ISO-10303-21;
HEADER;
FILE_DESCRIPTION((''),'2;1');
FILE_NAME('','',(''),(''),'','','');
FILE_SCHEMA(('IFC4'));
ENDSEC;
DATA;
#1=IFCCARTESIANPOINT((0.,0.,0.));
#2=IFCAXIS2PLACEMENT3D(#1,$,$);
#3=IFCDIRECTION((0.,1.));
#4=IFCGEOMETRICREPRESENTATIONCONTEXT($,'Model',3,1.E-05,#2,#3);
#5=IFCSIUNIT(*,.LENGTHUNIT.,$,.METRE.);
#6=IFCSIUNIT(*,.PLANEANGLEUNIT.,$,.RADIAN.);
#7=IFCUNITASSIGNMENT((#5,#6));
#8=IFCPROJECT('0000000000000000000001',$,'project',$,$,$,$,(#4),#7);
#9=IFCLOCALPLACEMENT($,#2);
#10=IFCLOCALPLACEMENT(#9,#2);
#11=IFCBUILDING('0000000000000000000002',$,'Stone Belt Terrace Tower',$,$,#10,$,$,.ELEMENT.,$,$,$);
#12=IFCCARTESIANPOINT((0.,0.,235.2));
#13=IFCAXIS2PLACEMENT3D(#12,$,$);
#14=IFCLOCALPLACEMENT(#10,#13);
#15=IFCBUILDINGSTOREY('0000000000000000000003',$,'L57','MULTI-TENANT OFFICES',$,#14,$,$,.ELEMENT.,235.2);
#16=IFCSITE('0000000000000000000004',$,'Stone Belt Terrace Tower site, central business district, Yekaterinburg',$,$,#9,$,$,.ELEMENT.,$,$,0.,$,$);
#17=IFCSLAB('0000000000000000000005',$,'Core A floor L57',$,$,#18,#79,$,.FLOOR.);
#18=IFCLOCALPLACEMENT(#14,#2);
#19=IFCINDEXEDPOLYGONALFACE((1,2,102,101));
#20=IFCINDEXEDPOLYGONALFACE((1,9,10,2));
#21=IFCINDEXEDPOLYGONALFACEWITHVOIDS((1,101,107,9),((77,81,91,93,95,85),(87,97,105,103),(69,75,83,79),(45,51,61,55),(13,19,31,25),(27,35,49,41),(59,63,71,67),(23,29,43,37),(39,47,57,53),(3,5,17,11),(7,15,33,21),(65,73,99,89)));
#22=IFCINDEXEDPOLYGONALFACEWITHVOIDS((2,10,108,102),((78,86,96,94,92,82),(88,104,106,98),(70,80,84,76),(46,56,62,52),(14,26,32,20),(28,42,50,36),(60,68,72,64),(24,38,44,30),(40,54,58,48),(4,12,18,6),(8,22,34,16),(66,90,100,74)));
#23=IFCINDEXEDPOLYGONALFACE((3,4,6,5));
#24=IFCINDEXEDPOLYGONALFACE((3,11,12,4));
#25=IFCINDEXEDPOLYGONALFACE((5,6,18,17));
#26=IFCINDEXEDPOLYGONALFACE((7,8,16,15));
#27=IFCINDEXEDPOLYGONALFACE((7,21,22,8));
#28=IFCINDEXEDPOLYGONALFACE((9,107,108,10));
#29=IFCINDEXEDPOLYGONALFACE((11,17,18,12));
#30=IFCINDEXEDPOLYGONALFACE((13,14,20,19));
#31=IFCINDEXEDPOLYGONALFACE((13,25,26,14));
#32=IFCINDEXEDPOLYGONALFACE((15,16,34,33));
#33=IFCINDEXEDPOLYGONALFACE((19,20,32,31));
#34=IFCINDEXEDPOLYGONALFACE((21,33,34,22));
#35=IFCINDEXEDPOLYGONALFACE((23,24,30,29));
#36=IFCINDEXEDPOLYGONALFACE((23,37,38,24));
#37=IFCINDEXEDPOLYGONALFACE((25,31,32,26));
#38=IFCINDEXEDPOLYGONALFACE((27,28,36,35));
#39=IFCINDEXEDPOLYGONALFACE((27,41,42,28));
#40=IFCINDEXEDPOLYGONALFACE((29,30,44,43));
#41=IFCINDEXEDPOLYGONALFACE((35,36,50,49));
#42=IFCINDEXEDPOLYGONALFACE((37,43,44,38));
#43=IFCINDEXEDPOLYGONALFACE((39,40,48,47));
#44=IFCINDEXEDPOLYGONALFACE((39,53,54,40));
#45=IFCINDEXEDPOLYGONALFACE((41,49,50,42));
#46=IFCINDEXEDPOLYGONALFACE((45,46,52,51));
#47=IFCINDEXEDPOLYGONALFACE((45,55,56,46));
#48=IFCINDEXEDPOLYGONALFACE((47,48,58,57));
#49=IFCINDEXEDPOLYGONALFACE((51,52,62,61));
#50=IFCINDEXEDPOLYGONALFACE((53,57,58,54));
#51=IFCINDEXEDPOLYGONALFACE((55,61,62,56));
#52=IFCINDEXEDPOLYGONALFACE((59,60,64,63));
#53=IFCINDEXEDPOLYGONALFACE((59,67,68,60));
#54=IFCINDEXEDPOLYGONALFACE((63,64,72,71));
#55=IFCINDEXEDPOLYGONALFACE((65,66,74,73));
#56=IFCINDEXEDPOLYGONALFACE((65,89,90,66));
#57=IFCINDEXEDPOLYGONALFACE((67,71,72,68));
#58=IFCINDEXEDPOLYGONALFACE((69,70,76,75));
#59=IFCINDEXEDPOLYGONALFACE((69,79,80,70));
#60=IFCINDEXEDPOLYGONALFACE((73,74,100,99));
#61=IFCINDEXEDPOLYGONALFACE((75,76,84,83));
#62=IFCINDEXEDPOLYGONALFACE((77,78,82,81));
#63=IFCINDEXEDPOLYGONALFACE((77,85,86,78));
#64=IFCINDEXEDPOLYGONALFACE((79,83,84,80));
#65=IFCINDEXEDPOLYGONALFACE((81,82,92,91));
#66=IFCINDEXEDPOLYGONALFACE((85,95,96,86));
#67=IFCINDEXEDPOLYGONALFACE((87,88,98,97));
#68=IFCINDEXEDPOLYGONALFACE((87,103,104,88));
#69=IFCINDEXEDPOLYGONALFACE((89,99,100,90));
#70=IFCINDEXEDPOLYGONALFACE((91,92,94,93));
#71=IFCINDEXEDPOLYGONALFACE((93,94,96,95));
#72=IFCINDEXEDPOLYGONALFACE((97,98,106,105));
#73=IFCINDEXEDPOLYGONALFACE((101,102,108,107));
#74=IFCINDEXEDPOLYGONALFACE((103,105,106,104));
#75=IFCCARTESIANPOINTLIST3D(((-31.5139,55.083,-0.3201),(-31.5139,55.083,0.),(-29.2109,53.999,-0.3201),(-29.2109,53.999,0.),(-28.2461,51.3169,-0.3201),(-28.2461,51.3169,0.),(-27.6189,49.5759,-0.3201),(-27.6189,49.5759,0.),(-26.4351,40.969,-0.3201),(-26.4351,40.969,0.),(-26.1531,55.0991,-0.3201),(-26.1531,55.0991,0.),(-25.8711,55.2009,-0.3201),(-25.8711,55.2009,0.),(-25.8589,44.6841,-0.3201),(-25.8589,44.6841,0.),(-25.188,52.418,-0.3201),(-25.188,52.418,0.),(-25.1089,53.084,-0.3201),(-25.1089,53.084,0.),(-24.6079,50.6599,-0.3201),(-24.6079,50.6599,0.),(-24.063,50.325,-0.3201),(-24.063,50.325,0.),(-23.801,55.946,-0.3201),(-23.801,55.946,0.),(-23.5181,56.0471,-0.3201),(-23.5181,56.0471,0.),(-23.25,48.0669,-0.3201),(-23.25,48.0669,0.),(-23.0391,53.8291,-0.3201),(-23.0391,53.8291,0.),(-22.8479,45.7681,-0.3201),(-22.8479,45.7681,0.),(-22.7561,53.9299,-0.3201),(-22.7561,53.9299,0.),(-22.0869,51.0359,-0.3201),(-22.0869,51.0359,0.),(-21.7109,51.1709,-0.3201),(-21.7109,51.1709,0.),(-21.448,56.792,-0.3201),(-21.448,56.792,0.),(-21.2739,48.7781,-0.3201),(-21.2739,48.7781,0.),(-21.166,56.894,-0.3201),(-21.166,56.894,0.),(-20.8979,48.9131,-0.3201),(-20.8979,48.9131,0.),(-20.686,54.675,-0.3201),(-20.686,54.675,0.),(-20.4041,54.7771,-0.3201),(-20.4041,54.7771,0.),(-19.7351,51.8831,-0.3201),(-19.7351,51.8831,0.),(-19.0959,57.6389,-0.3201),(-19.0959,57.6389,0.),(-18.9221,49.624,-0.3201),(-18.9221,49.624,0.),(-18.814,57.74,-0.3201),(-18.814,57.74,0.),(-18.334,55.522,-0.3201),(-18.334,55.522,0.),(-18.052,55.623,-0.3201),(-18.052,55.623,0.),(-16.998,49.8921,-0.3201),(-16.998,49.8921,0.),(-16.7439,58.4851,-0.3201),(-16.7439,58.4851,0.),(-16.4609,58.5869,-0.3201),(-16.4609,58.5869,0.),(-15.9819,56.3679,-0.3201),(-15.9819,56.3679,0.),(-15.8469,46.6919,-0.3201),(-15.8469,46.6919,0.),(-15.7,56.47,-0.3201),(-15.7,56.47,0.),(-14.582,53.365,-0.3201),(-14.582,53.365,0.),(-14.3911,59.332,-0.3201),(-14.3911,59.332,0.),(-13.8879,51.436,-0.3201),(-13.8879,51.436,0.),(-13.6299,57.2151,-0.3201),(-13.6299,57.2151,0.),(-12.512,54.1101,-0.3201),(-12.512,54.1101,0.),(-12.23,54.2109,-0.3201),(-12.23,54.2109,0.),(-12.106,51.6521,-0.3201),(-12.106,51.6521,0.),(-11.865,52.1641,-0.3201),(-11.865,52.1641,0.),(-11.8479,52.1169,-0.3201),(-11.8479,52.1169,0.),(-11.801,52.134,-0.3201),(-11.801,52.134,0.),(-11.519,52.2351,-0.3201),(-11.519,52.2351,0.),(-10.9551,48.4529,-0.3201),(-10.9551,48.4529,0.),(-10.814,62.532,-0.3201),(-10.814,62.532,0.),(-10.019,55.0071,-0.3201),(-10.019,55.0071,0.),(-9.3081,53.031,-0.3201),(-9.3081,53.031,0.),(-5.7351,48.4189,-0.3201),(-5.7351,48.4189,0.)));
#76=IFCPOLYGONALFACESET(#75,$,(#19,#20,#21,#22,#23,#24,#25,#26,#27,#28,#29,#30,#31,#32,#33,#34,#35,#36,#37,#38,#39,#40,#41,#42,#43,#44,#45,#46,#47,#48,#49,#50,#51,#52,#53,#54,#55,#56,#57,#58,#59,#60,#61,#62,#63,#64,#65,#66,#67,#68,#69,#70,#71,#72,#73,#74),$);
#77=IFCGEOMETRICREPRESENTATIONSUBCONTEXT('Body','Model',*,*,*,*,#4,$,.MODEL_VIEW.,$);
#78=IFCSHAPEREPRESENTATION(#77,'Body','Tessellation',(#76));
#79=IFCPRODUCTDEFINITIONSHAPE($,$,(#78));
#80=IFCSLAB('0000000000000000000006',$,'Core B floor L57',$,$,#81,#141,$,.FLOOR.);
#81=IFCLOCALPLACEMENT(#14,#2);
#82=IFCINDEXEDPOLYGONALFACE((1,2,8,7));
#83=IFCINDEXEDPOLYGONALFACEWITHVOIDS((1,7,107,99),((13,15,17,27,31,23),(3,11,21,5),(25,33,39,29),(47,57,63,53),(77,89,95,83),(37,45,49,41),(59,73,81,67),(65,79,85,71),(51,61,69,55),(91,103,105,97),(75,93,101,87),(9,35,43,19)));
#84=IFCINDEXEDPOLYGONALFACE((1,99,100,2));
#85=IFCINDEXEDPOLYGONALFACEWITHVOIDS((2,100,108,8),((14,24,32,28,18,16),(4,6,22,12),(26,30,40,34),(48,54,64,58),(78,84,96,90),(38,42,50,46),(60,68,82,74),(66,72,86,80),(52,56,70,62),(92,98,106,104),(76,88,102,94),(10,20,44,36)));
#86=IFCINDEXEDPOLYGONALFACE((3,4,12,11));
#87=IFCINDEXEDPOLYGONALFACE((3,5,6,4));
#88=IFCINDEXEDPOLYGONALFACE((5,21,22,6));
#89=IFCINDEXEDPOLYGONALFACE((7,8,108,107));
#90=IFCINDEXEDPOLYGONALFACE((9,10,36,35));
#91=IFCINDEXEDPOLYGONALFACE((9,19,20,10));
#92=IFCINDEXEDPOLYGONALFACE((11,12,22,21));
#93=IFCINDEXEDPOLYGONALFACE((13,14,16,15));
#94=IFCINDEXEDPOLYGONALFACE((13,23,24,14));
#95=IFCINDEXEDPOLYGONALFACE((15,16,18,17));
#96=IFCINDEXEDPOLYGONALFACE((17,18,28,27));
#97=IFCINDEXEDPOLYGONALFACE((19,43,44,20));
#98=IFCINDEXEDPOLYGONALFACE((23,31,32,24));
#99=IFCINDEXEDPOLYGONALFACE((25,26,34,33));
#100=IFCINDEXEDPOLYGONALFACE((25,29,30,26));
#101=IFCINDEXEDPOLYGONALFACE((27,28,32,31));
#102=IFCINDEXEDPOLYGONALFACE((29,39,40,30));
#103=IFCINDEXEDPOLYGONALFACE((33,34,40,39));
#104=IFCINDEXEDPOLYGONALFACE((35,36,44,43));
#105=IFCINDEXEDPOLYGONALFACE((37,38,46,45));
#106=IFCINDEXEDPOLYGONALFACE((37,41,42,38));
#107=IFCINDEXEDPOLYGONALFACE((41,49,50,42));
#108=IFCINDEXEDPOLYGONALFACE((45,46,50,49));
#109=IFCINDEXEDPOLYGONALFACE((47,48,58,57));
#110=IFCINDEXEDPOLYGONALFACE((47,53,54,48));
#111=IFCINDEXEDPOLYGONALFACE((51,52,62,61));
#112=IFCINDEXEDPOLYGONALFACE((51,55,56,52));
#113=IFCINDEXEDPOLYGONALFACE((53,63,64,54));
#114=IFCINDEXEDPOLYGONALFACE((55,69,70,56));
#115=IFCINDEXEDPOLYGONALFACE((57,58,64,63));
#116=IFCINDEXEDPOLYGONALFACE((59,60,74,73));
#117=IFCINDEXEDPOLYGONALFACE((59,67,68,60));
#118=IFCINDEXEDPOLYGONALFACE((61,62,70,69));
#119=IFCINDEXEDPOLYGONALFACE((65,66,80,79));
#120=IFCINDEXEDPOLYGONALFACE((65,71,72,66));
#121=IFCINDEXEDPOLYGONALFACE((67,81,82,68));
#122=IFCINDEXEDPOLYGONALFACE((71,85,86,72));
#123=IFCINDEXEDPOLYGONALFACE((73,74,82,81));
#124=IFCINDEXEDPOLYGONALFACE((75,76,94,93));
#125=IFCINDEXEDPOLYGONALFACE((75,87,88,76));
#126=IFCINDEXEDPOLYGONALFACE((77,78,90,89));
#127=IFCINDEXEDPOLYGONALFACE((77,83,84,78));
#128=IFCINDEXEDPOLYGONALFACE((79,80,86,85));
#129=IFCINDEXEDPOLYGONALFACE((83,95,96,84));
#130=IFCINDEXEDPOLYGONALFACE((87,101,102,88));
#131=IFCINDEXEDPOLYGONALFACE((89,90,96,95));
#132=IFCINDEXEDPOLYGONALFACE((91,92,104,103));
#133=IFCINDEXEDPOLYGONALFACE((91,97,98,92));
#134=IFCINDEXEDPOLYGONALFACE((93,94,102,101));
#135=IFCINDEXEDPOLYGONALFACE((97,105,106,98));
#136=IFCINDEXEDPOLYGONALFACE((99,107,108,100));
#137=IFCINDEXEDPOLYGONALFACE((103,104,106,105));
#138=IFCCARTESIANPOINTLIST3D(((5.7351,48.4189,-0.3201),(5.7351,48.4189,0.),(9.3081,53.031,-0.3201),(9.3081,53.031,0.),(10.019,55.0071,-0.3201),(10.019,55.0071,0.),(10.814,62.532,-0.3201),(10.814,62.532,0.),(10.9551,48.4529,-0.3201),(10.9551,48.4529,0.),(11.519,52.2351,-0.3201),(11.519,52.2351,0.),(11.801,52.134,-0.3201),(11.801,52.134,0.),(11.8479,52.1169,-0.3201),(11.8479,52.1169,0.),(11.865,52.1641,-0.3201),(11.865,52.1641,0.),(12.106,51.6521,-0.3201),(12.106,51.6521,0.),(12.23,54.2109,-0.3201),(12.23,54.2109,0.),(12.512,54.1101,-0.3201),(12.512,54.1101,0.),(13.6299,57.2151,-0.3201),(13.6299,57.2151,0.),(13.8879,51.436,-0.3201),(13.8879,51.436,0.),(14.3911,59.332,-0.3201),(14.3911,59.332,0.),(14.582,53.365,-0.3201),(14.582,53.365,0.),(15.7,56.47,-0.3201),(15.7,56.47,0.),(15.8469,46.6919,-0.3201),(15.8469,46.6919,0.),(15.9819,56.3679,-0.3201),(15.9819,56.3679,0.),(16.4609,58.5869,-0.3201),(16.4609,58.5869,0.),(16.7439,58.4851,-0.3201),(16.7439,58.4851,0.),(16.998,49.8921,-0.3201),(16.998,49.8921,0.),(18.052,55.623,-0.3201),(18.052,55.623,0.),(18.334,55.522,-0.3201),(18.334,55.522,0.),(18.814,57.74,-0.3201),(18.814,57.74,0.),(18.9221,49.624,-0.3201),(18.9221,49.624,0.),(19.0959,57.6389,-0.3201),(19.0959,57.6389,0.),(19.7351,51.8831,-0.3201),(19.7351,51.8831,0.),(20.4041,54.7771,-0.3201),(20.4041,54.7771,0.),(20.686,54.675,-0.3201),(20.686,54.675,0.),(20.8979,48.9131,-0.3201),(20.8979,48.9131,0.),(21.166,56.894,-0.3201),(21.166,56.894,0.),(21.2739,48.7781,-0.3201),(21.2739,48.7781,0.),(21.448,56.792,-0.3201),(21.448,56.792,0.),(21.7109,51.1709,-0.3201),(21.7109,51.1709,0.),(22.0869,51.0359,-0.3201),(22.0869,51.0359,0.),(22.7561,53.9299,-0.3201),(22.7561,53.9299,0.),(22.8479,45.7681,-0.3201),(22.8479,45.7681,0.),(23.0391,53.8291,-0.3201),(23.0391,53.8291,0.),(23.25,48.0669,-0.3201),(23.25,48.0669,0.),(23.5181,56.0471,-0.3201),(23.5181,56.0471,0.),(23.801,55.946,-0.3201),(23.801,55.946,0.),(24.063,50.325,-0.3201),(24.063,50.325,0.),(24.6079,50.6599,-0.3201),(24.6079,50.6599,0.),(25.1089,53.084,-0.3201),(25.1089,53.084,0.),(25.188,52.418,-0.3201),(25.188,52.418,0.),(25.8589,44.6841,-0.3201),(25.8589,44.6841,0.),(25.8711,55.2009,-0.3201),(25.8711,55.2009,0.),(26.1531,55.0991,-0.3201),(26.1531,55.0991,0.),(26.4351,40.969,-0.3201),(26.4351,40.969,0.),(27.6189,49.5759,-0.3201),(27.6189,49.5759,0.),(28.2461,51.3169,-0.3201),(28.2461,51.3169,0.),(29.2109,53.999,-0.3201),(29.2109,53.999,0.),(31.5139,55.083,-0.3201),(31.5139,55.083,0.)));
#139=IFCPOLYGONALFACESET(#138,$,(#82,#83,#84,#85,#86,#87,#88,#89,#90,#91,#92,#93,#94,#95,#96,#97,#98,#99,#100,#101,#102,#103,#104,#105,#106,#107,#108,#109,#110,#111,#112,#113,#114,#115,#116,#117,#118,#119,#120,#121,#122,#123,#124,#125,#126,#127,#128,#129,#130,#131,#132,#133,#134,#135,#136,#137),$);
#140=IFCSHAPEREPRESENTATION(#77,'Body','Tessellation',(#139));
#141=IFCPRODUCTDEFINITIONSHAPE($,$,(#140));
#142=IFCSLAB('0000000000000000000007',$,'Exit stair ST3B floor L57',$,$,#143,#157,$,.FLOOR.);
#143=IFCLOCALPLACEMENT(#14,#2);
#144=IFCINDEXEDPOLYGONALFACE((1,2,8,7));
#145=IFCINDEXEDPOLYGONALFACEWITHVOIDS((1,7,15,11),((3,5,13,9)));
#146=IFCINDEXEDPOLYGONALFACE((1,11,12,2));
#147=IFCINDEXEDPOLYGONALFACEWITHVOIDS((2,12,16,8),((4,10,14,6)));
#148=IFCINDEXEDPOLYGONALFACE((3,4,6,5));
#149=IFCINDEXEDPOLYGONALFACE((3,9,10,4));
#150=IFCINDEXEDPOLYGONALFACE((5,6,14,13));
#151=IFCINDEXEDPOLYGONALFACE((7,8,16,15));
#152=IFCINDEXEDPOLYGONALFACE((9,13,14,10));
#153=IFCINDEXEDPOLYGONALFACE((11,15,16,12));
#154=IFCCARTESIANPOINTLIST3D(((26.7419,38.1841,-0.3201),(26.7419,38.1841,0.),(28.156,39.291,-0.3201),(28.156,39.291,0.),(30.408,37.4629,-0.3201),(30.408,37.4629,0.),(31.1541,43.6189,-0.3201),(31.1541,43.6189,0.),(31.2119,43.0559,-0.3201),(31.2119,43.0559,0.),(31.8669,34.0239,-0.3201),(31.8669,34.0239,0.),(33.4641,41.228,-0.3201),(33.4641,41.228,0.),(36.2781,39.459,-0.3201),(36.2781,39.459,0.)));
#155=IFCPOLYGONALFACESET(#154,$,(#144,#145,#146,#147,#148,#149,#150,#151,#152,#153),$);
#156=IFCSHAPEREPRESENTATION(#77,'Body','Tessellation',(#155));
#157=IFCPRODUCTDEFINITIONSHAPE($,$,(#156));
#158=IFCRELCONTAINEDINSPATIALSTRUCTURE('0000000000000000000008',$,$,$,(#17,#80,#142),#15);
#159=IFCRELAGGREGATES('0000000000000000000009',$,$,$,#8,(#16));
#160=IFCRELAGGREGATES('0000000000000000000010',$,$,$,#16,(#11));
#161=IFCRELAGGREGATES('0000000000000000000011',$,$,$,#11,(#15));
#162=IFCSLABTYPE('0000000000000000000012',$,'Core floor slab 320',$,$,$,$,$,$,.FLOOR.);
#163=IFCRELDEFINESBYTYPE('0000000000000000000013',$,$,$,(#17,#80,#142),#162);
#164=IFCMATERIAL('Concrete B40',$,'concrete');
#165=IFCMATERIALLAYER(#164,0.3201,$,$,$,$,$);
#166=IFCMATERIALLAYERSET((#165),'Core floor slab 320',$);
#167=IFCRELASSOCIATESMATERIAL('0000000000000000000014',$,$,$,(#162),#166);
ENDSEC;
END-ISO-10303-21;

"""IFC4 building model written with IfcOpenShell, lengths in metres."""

from ifc_helpers import new_model, si_unit, direction, frame, origin, place, context, subcontext, project, spatial, polyline, outline, extrude, material, layer, layer_set, type_object, element, save


model = new_model("IFC4")

# Units and contexts
model_context = context("Model", 3, precision=1e-05, world=origin(), true_north=direction((0.0, 1.0)))
body_context = subcontext(model_context, "Body", "Model", "MODEL_VIEW")
ifc_project = project(units=[si_unit("LENGTHUNIT", "METRE"), si_unit("PLANEANGLEUNIT", "RADIAN")], contexts=[model_context])

# Site, building, storey
site_placement = place(None, origin())
site = spatial("IfcSite", under=ifc_project, at=site_placement, Name="Stone Belt Terrace Tower site, central business district, Yekaterinburg", CompositionType="ELEMENT", RefElevation=0.0)
building_placement = place(site_placement, origin())
building = spatial("IfcBuilding", under=site, at=building_placement, Name="Stone Belt Terrace Tower", CompositionType="ELEMENT")
storey_placement = place(building_placement, frame((0.0, 0.0, 235.2)))
storey = spatial("IfcBuildingStorey", under=building, at=storey_placement, Name="L57", Description="MULTI-TENANT OFFICES", CompositionType="ELEMENT", Elevation=235.2)

# Slabs
ifc_material_1 = material(Name="Concrete B40", Category="concrete")
ifc_layer_1 = layer(ifc_material_1, 0.3201)
ifc_layer_set_1 = layer_set([ifc_layer_1], Name="Core floor slab 320")
slab_type_1 = type_object("IfcSlabType", Name="Core floor slab 320", PredefinedType="FLOOR", material=ifc_layer_set_1)
slab_1_placement = place(storey_placement, frame((0.0, 0.0, -0.3201)))
element("IfcSlab", 1, at=slab_1_placement, inside=storey, type_object=slab_type_1, Name="Core A floor L57", PredefinedType="FLOOR", context=body_context, shape_type="SweptSolid", body=[
    extrude(outline(polyline([(-26.4351, 40.969), (-5.7351, 48.4189), (-10.814, 62.532), (-31.5139, 55.083), (-26.4351, 40.969)]), holes=[polyline([(-24.6079, 50.6599), (-22.8479, 45.7681), (-25.8589, 44.6841), (-27.6189, 49.5759), (-24.6079, 50.6599)]), polyline([(-23.25, 48.0669), (-24.063, 50.325), (-22.0869, 51.0359), (-21.2739, 48.7781), (-23.25, 48.0669)]), polyline([(-20.8979, 48.9131), (-21.7109, 51.1709), (-19.7351, 51.8831), (-18.9221, 49.624), (-20.8979, 48.9131)]), polyline([(-28.2461, 51.3169), (-29.2109, 53.999), (-26.1531, 55.0991), (-25.188, 52.418), (-28.2461, 51.3169)]), polyline([(-23.801, 55.946), (-23.0391, 53.8291), (-25.1089, 53.084), (-25.8711, 55.2009), (-23.801, 55.946)]), polyline([(-21.448, 56.792), (-20.686, 54.675), (-22.7561, 53.9299), (-23.5181, 56.0471), (-21.448, 56.792)]), polyline([(-10.9551, 48.4529), (-15.8469, 46.6919), (-16.998, 49.8921), (-12.106, 51.6521), (-10.9551, 48.4529)]), polyline([(-11.8479, 52.1169), (-11.865, 52.1641), (-13.8879, 51.436), (-14.582, 53.365), (-12.512, 54.1101), (-11.801, 52.134), (-11.8479, 52.1169)]), polyline([(-9.3081, 53.031), (-11.519, 52.2351), (-12.23, 54.2109), (-10.019, 55.0071), (-9.3081, 53.031)]), polyline([(-21.166, 56.894), (-19.0959, 57.6389), (-18.334, 55.522), (-20.4041, 54.7771), (-21.166, 56.894)]), polyline([(-16.7439, 58.4851), (-15.9819, 56.3679), (-18.052, 55.623), (-18.814, 57.74), (-16.7439, 58.4851)]), polyline([(-14.3911, 59.332), (-13.6299, 57.2151), (-15.7, 56.47), (-16.4609, 58.5869), (-14.3911, 59.332)])]), origin(), (0.0, 0.0, 1.0), 0.3201),
])
slab_2_placement = place(storey_placement, frame((0.0, 0.0, -0.3201)))
element("IfcSlab", 2, at=slab_2_placement, inside=storey, type_object=slab_type_1, Name="Core B floor L57", PredefinedType="FLOOR", context=body_context, shape_type="SweptSolid", body=[
    extrude(outline(polyline([(26.4351, 40.969), (31.5139, 55.083), (10.814, 62.532), (5.7351, 48.4189), (26.4351, 40.969)]), holes=[polyline([(12.106, 51.6521), (16.998, 49.8921), (15.8469, 46.6919), (10.9551, 48.4529), (12.106, 51.6521)]), polyline([(12.512, 54.1101), (14.582, 53.365), (13.8879, 51.436), (11.865, 52.1641), (11.8479, 52.1169), (11.801, 52.134), (12.512, 54.1101)]), polyline([(9.3081, 53.031), (10.019, 55.0071), (12.23, 54.2109), (11.519, 52.2351), (9.3081, 53.031)]), polyline([(18.334, 55.522), (19.0959, 57.6389), (21.166, 56.894), (20.4041, 54.7771), (18.334, 55.522)]), polyline([(16.7439, 58.4851), (18.814, 57.74), (18.052, 55.623), (15.9819, 56.3679), (16.7439, 58.4851)]), polyline([(14.3911, 59.332), (16.4609, 58.5869), (15.7, 56.47), (13.6299, 57.2151), (14.3911, 59.332)]), polyline([(27.6189, 49.5759), (25.8589, 44.6841), (22.8479, 45.7681), (24.6079, 50.6599), (27.6189, 49.5759)]), polyline([(23.25, 48.0669), (21.2739, 48.7781), (22.0869, 51.0359), (24.063, 50.325), (23.25, 48.0669)]), polyline([(20.8979, 48.9131), (18.9221, 49.624), (19.7351, 51.8831), (21.7109, 51.1709), (20.8979, 48.9131)]), polyline([(26.1531, 55.0991), (29.2109, 53.999), (28.2461, 51.3169), (25.188, 52.418), (26.1531, 55.0991)]), polyline([(23.801, 55.946), (25.8711, 55.2009), (25.1089, 53.084), (23.0391, 53.8291), (23.801, 55.946)]), polyline([(21.448, 56.792), (23.5181, 56.0471), (22.7561, 53.9299), (20.686, 54.675), (21.448, 56.792)])]), origin(), (0.0, 0.0, 1.0), 0.3201),
])
slab_3_placement = place(storey_placement, frame((0.0, 0.0, -0.3201)))
element("IfcSlab", 3, at=slab_3_placement, inside=storey, type_object=slab_type_1, Name="Exit stair ST3B floor L57", PredefinedType="FLOOR", context=body_context, shape_type="SweptSolid", body=[
    extrude(outline(polyline([(26.7419, 38.1841), (31.8669, 34.0239), (36.2781, 39.459), (31.1541, 43.6189), (26.7419, 38.1841)]), holes=[polyline([(30.408, 37.4629), (28.156, 39.291), (31.2119, 43.0559), (33.4641, 41.228), (30.408, 37.4629)])]), origin(), (0.0, 0.0, 1.0), 0.3201),
])

save(model, "model.ifc")
